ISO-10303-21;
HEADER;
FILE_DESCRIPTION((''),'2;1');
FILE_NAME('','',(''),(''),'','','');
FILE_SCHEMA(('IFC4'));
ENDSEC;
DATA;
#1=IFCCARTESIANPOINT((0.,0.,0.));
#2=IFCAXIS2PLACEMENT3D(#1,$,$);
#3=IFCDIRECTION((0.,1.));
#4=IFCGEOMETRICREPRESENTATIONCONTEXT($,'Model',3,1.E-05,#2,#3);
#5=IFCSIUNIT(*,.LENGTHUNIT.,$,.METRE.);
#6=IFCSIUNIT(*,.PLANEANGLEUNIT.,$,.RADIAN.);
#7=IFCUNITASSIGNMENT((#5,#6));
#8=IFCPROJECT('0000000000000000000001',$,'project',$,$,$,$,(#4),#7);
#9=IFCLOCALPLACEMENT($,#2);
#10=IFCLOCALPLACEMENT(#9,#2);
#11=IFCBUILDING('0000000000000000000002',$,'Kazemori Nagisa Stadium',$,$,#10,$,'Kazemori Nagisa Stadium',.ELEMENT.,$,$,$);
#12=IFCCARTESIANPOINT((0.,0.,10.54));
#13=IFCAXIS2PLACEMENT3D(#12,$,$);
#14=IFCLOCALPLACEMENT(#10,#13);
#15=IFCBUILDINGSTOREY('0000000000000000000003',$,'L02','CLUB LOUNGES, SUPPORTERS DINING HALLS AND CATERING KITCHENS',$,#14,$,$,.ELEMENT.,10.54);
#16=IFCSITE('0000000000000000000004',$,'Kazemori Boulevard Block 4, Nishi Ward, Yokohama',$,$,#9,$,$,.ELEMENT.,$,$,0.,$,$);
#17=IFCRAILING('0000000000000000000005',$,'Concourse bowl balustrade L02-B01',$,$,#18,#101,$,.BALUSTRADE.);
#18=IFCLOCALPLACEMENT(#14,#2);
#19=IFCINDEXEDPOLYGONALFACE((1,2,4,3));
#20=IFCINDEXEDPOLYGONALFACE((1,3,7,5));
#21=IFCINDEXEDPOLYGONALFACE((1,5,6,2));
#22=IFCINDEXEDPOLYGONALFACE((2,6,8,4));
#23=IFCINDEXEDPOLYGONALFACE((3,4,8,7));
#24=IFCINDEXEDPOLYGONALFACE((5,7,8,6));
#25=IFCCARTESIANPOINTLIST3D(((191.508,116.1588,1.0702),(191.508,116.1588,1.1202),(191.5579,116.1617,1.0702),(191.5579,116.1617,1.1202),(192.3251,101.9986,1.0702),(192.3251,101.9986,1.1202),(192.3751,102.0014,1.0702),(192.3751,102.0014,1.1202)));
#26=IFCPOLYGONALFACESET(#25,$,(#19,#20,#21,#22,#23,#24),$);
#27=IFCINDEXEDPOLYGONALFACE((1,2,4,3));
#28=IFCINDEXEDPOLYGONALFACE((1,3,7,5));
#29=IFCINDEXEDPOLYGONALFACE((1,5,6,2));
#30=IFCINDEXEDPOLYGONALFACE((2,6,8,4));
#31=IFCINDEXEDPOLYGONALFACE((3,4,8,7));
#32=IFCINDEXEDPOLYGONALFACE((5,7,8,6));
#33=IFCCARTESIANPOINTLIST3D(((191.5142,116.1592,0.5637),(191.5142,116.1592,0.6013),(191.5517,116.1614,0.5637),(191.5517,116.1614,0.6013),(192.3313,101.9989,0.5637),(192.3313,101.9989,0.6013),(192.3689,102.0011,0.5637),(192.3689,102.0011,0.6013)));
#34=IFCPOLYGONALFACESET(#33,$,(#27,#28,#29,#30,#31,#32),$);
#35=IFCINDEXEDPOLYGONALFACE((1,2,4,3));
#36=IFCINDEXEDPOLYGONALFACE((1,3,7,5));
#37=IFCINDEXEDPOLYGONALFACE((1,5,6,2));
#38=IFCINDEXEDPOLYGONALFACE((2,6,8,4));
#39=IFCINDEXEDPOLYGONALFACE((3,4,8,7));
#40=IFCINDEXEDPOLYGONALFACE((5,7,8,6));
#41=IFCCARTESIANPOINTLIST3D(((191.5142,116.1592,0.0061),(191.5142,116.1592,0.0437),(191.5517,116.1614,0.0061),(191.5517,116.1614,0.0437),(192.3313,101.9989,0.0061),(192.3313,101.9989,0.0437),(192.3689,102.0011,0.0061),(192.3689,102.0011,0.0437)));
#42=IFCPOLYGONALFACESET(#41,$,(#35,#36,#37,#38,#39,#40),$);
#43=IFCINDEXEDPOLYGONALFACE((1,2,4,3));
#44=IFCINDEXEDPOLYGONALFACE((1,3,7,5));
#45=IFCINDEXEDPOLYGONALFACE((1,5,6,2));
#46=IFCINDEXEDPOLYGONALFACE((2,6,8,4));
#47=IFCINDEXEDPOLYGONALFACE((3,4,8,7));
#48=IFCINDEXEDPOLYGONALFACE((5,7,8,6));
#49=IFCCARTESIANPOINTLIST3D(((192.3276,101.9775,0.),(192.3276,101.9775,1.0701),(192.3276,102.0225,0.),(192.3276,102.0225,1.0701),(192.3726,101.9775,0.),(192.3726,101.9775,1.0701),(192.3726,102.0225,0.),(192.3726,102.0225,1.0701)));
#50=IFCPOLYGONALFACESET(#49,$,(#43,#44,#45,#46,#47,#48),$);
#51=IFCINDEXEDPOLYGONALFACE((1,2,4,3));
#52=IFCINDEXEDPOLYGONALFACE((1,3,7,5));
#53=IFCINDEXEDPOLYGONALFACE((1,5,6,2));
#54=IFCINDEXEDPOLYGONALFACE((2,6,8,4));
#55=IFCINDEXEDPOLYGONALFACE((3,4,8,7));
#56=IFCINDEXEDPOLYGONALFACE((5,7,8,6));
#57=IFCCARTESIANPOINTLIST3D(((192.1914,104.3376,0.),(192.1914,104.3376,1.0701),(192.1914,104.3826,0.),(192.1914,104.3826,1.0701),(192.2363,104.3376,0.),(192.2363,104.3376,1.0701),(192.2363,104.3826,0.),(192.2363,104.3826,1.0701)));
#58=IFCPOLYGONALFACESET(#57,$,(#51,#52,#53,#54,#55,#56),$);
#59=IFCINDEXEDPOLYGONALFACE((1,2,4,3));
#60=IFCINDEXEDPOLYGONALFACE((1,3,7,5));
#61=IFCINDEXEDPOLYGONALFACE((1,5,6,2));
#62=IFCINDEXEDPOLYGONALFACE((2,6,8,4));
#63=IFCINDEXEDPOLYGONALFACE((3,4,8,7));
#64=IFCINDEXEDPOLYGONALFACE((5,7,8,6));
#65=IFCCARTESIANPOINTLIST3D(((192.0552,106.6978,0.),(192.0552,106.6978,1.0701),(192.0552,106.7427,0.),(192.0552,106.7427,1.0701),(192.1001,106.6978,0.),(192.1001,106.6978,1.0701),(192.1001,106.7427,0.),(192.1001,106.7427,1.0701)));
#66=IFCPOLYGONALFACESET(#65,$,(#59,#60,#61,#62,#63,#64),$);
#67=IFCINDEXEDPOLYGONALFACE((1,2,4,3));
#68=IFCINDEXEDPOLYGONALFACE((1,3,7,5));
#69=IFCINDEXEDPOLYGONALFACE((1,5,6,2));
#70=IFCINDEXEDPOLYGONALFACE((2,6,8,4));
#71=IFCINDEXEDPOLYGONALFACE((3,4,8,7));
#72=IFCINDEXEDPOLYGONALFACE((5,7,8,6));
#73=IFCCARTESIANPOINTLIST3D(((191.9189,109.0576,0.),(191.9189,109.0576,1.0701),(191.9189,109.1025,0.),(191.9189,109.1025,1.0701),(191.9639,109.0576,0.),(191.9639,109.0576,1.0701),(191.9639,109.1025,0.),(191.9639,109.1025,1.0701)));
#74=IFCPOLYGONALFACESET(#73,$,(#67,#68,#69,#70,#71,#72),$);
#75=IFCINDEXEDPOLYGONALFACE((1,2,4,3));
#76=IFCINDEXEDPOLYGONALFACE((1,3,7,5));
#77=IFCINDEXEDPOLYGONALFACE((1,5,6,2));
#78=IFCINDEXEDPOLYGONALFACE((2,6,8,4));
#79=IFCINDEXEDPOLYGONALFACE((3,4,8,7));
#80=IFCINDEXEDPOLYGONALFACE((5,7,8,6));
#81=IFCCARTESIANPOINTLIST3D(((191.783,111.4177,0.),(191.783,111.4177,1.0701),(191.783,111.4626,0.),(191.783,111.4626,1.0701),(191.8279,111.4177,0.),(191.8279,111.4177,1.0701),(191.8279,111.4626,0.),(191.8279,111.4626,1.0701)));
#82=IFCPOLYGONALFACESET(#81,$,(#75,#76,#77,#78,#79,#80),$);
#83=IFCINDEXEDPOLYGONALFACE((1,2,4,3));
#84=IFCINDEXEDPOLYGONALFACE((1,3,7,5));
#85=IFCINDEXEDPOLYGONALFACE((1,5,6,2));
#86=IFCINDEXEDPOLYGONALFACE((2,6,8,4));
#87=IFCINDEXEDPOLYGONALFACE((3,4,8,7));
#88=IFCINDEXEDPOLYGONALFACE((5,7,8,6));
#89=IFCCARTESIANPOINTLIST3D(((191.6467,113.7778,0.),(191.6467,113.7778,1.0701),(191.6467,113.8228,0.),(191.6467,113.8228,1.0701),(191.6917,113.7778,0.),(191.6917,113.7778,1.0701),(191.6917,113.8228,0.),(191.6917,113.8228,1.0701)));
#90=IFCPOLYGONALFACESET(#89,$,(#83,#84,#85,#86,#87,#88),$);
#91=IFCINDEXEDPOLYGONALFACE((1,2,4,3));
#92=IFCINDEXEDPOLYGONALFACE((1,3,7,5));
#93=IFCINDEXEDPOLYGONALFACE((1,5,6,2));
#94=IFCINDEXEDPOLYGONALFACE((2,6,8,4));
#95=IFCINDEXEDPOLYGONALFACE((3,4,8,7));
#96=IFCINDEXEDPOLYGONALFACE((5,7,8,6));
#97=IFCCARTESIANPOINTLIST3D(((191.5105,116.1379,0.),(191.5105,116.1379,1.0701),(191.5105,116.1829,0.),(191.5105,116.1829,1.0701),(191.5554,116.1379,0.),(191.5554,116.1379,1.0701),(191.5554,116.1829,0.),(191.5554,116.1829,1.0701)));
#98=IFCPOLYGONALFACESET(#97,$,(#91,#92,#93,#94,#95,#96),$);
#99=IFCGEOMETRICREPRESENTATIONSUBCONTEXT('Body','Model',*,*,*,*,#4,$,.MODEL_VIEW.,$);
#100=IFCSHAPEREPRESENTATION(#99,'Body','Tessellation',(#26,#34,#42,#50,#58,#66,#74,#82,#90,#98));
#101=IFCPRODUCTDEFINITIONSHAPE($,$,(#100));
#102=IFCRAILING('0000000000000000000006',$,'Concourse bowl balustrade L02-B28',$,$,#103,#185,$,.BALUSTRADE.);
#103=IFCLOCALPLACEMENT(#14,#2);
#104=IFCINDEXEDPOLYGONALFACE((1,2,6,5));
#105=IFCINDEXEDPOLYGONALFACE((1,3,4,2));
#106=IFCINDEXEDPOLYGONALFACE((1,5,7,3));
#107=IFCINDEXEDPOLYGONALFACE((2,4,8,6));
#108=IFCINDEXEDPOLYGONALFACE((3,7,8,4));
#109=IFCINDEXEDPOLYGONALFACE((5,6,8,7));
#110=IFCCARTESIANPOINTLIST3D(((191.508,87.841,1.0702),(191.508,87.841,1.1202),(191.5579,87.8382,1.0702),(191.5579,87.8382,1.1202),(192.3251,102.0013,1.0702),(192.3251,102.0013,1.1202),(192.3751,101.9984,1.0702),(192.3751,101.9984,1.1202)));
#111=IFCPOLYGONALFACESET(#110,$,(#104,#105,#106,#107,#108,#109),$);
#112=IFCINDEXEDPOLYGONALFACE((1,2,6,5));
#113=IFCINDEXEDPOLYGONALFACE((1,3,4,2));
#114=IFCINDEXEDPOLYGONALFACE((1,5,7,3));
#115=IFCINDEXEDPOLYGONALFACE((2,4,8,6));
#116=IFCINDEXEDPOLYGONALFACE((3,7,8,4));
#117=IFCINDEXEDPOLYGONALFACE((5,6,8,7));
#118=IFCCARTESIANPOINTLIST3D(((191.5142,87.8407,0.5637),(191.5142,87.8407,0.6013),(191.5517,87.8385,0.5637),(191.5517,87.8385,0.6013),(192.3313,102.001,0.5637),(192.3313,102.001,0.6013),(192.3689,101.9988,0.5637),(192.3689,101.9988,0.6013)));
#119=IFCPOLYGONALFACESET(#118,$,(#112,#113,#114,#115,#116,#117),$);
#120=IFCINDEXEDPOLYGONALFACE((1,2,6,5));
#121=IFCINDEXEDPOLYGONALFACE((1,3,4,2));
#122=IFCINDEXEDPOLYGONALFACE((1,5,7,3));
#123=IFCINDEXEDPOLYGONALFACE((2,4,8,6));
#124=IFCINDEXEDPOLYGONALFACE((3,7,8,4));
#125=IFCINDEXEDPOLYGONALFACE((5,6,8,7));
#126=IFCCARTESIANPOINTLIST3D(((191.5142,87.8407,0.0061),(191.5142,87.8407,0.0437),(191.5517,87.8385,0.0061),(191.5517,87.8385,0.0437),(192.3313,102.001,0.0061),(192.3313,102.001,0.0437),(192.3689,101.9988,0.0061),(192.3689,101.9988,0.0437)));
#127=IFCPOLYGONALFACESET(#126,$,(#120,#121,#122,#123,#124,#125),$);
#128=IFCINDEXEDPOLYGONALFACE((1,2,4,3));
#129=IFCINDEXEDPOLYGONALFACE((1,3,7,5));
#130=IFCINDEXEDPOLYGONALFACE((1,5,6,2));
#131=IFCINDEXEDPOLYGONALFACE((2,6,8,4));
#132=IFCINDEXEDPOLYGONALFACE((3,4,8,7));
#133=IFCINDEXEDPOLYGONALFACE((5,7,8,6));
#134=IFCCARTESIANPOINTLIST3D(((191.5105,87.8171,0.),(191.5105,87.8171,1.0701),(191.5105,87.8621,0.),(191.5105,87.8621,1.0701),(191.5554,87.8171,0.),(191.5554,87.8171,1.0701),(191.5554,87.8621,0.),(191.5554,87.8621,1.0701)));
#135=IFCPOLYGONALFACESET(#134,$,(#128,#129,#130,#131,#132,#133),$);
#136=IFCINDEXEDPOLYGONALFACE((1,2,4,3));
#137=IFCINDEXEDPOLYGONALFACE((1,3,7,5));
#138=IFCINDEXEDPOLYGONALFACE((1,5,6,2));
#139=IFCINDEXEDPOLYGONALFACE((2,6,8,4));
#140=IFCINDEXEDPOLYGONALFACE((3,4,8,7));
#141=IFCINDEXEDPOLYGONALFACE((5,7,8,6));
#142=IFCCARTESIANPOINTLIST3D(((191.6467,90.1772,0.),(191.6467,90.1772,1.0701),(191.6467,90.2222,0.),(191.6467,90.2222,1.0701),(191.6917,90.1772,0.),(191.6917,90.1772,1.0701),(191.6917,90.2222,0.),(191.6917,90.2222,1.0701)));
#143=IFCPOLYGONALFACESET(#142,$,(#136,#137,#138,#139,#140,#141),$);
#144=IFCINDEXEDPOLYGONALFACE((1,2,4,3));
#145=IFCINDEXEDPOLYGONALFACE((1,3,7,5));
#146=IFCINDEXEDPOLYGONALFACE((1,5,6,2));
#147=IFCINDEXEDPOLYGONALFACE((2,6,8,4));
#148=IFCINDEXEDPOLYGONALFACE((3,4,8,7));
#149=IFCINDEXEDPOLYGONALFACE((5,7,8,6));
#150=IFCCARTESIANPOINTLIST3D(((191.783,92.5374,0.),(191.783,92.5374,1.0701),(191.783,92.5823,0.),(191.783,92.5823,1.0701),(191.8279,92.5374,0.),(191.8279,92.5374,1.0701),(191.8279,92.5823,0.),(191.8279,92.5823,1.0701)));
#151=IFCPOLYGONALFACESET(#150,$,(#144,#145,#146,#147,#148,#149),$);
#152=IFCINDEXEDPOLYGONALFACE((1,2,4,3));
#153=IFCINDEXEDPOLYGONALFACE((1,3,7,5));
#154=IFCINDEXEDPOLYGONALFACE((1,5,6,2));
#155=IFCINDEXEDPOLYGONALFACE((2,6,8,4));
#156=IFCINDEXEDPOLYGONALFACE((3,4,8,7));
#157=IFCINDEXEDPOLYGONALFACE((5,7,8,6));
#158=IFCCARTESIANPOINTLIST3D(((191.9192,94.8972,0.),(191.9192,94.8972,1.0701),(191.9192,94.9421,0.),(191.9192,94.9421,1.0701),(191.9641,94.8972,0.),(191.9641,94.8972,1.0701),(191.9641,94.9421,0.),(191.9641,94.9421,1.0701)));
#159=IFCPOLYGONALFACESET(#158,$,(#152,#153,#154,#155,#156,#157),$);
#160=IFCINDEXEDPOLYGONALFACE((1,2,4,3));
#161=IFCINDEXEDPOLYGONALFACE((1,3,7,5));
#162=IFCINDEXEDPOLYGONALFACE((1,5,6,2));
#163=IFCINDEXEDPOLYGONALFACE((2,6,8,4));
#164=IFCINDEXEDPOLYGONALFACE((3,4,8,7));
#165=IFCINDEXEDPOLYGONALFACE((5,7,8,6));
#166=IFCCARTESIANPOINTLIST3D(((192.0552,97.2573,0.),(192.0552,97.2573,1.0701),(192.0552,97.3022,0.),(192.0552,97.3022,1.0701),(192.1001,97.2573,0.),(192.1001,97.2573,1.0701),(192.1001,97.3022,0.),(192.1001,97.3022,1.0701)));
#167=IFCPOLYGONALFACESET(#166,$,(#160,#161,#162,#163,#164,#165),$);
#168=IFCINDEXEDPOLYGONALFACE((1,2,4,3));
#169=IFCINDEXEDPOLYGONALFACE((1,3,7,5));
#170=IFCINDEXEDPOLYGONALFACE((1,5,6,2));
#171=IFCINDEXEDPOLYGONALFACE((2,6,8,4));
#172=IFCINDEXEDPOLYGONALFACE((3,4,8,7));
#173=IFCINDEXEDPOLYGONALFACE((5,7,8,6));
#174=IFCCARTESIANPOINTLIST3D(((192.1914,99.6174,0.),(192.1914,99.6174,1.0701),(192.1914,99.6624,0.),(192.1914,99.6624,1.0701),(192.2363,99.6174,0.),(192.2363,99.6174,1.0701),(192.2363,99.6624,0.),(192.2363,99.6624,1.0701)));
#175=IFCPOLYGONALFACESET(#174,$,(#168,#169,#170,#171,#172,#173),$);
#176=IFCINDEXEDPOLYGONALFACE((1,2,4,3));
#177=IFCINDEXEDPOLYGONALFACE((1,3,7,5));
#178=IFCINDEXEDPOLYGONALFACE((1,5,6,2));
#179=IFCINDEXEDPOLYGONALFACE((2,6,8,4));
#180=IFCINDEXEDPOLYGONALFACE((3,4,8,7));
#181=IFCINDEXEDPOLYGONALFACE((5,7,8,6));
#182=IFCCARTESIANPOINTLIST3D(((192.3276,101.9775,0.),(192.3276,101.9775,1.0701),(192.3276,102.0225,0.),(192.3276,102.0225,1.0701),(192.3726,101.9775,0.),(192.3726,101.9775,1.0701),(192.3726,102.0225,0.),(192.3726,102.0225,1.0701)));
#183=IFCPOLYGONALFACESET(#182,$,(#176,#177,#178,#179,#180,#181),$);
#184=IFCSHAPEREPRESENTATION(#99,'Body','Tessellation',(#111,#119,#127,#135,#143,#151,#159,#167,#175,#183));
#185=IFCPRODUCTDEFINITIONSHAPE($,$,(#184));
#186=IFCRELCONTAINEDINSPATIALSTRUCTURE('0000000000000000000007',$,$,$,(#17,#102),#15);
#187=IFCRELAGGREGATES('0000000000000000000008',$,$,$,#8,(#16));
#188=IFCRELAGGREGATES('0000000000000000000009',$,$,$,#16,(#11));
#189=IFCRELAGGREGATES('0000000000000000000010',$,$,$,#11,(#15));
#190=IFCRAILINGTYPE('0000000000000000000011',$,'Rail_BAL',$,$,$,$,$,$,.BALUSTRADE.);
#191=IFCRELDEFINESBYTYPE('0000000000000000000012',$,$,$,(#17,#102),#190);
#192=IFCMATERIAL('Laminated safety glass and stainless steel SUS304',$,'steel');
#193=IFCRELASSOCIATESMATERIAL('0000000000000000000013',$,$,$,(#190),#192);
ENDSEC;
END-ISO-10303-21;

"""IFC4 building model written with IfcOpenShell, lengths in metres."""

from ifc_helpers import new_model, si_unit, direction, frame, origin, origin_2d, place, context, subcontext, project, spatial, rectangle, extrude, material, type_object, element, save


model = new_model("IFC4")

# Units and contexts
model_context = context("Model", 3, precision=1e-05, world=origin(), true_north=direction((0.0, 1.0)))
body_context = subcontext(model_context, "Body", "Model", "MODEL_VIEW")
ifc_project = project(units=[si_unit("LENGTHUNIT", "METRE"), si_unit("PLANEANGLEUNIT", "RADIAN")], contexts=[model_context])

# Site, building, storey
site_placement = place(None, origin())
site = spatial("IfcSite", under=ifc_project, at=site_placement, Name="Kazemori Boulevard Block 4, Nishi Ward, Yokohama", CompositionType="ELEMENT", RefElevation=0.0)
building_placement = place(site_placement, origin())
building = spatial("IfcBuilding", under=site, at=building_placement, Name="Kazemori Nagisa Stadium", LongName="Kazemori Nagisa Stadium", CompositionType="ELEMENT")
storey_placement = place(building_placement, frame((0.0, 0.0, 10.54)))
storey = spatial("IfcBuildingStorey", under=building, at=storey_placement, Name="L02", Description="CLUB LOUNGES, SUPPORTERS DINING HALLS AND CATERING KITCHENS", CompositionType="ELEMENT", Elevation=10.54)

# Railings
ifc_material_1 = material(Name="Laminated safety glass and stainless steel SUS304", Category="steel")
railing_type = type_object("IfcRailingType", Name="Rail_BAL", PredefinedType="BALUSTRADE", material=ifc_material_1)
railing_1_placement = place(storey_placement, frame((192.3501, 102.0, 0.0)))
element("IfcRailing", 1, at=railing_1_placement, inside=storey, type_object=railing_type, Name="Concourse bowl balustrade L02-B01", PredefinedType="BALUSTRADE", context=body_context, shape_type="SweptSolid", body=[
    extrude(rectangle(XDim=0.05, YDim=0.05, at=origin_2d()), frame((0.0, 0.0, 1.0952), z_axis=(-0.05761, 0.998339, 0.0), x_axis=(-0.998339, -0.05761, 0.0)), (0.0, 0.0, 1.0), 14.1838),
    extrude(rectangle(XDim=0.0376, YDim=0.0376, at=origin_2d()), frame((0.0, 0.0, 0.5825), z_axis=(-0.05761, 0.998339, 0.0), x_axis=(-0.998339, -0.05761, 0.0)), (0.0, 0.0, 1.0), 14.1838),
    extrude(rectangle(XDim=0.0376, YDim=0.0376, at=origin_2d()), frame((0.0, 0.0, 0.0249), z_axis=(-0.05761, 0.998339, 0.0), x_axis=(-0.998339, -0.05761, 0.0)), (0.0, 0.0, 1.0), 14.1838),
    extrude(rectangle(XDim=0.0449, YDim=0.0449, at=origin_2d()), origin(), (0.0, 0.0, 1.0), 1.0701),
    extrude(rectangle(XDim=0.0449, YDim=0.0449, at=origin_2d()), frame((-0.1362, 2.3601, 0.0)), (0.0, 0.0, 1.0), 1.0701),
    extrude(rectangle(XDim=0.0449, YDim=0.0449, at=origin_2d()), frame((-0.2725, 4.7202, 0.0)), (0.0, 0.0, 1.0), 1.0701),
    extrude(rectangle(XDim=0.0449, YDim=0.0449, at=origin_2d()), frame((-0.4087, 7.0801, 0.0)), (0.0, 0.0, 1.0), 1.0701),
    extrude(rectangle(XDim=0.0449, YDim=0.0449, at=origin_2d()), frame((-0.5447, 9.4402, 0.0)), (0.0, 0.0, 1.0), 1.0701),
    extrude(rectangle(XDim=0.0449, YDim=0.0449, at=origin_2d()), frame((-0.6809, 11.8003, 0.0)), (0.0, 0.0, 1.0), 1.0701),
    extrude(rectangle(XDim=0.0449, YDim=0.0449, at=origin_2d()), frame((-0.8171, 14.1604, 0.0)), (0.0, 0.0, 1.0), 1.0701),
])
railing_2_placement = place(storey_placement, frame((191.533, 87.8396, 0.0)))
element("IfcRailing", 2, at=railing_2_placement, inside=storey, type_object=railing_type, Name="Concourse bowl balustrade L02-B28", PredefinedType="BALUSTRADE", context=body_context, shape_type="SweptSolid", body=[
    extrude(rectangle(XDim=0.05, YDim=0.05, at=origin_2d()), frame((0.0, 0.0, 1.0952), z_axis=(0.05761, 0.998339, 0.0), x_axis=(-0.998339, 0.05761, 0.0)), (0.0, 0.0, 1.0), 14.1838),
    extrude(rectangle(XDim=0.0376, YDim=0.0376, at=origin_2d()), frame((0.0, 0.0, 0.5825), z_axis=(0.05761, 0.998339, 0.0), x_axis=(-0.998339, 0.05761, 0.0)), (0.0, 0.0, 1.0), 14.1838),
    extrude(rectangle(XDim=0.0376, YDim=0.0376, at=origin_2d()), frame((0.0, 0.0, 0.0249), z_axis=(0.05761, 0.998339, 0.0), x_axis=(-0.998339, 0.05761, 0.0)), (0.0, 0.0, 1.0), 14.1838),
    extrude(rectangle(XDim=0.0449, YDim=0.0449, at=origin_2d()), origin(), (0.0, 0.0, 1.0), 1.0701),
    extrude(rectangle(XDim=0.0449, YDim=0.0449, at=origin_2d()), frame((0.1362, 2.3601, 0.0)), (0.0, 0.0, 1.0), 1.0701),
    extrude(rectangle(XDim=0.0449, YDim=0.0449, at=origin_2d()), frame((0.2725, 4.7202, 0.0)), (0.0, 0.0, 1.0), 1.0701),
    extrude(rectangle(XDim=0.0449, YDim=0.0449, at=origin_2d()), frame((0.4087, 7.0801, 0.0)), (0.0, 0.0, 1.0), 1.0701),
    extrude(rectangle(XDim=0.0449, YDim=0.0449, at=origin_2d()), frame((0.5447, 9.4402, 0.0)), (0.0, 0.0, 1.0), 1.0701),
    extrude(rectangle(XDim=0.0449, YDim=0.0449, at=origin_2d()), frame((0.6809, 11.8003, 0.0)), (0.0, 0.0, 1.0), 1.0701),
    extrude(rectangle(XDim=0.0449, YDim=0.0449, at=origin_2d()), frame((0.8171, 14.1604, 0.0)), (0.0, 0.0, 1.0), 1.0701),
])

save(model, "model.ifc")
